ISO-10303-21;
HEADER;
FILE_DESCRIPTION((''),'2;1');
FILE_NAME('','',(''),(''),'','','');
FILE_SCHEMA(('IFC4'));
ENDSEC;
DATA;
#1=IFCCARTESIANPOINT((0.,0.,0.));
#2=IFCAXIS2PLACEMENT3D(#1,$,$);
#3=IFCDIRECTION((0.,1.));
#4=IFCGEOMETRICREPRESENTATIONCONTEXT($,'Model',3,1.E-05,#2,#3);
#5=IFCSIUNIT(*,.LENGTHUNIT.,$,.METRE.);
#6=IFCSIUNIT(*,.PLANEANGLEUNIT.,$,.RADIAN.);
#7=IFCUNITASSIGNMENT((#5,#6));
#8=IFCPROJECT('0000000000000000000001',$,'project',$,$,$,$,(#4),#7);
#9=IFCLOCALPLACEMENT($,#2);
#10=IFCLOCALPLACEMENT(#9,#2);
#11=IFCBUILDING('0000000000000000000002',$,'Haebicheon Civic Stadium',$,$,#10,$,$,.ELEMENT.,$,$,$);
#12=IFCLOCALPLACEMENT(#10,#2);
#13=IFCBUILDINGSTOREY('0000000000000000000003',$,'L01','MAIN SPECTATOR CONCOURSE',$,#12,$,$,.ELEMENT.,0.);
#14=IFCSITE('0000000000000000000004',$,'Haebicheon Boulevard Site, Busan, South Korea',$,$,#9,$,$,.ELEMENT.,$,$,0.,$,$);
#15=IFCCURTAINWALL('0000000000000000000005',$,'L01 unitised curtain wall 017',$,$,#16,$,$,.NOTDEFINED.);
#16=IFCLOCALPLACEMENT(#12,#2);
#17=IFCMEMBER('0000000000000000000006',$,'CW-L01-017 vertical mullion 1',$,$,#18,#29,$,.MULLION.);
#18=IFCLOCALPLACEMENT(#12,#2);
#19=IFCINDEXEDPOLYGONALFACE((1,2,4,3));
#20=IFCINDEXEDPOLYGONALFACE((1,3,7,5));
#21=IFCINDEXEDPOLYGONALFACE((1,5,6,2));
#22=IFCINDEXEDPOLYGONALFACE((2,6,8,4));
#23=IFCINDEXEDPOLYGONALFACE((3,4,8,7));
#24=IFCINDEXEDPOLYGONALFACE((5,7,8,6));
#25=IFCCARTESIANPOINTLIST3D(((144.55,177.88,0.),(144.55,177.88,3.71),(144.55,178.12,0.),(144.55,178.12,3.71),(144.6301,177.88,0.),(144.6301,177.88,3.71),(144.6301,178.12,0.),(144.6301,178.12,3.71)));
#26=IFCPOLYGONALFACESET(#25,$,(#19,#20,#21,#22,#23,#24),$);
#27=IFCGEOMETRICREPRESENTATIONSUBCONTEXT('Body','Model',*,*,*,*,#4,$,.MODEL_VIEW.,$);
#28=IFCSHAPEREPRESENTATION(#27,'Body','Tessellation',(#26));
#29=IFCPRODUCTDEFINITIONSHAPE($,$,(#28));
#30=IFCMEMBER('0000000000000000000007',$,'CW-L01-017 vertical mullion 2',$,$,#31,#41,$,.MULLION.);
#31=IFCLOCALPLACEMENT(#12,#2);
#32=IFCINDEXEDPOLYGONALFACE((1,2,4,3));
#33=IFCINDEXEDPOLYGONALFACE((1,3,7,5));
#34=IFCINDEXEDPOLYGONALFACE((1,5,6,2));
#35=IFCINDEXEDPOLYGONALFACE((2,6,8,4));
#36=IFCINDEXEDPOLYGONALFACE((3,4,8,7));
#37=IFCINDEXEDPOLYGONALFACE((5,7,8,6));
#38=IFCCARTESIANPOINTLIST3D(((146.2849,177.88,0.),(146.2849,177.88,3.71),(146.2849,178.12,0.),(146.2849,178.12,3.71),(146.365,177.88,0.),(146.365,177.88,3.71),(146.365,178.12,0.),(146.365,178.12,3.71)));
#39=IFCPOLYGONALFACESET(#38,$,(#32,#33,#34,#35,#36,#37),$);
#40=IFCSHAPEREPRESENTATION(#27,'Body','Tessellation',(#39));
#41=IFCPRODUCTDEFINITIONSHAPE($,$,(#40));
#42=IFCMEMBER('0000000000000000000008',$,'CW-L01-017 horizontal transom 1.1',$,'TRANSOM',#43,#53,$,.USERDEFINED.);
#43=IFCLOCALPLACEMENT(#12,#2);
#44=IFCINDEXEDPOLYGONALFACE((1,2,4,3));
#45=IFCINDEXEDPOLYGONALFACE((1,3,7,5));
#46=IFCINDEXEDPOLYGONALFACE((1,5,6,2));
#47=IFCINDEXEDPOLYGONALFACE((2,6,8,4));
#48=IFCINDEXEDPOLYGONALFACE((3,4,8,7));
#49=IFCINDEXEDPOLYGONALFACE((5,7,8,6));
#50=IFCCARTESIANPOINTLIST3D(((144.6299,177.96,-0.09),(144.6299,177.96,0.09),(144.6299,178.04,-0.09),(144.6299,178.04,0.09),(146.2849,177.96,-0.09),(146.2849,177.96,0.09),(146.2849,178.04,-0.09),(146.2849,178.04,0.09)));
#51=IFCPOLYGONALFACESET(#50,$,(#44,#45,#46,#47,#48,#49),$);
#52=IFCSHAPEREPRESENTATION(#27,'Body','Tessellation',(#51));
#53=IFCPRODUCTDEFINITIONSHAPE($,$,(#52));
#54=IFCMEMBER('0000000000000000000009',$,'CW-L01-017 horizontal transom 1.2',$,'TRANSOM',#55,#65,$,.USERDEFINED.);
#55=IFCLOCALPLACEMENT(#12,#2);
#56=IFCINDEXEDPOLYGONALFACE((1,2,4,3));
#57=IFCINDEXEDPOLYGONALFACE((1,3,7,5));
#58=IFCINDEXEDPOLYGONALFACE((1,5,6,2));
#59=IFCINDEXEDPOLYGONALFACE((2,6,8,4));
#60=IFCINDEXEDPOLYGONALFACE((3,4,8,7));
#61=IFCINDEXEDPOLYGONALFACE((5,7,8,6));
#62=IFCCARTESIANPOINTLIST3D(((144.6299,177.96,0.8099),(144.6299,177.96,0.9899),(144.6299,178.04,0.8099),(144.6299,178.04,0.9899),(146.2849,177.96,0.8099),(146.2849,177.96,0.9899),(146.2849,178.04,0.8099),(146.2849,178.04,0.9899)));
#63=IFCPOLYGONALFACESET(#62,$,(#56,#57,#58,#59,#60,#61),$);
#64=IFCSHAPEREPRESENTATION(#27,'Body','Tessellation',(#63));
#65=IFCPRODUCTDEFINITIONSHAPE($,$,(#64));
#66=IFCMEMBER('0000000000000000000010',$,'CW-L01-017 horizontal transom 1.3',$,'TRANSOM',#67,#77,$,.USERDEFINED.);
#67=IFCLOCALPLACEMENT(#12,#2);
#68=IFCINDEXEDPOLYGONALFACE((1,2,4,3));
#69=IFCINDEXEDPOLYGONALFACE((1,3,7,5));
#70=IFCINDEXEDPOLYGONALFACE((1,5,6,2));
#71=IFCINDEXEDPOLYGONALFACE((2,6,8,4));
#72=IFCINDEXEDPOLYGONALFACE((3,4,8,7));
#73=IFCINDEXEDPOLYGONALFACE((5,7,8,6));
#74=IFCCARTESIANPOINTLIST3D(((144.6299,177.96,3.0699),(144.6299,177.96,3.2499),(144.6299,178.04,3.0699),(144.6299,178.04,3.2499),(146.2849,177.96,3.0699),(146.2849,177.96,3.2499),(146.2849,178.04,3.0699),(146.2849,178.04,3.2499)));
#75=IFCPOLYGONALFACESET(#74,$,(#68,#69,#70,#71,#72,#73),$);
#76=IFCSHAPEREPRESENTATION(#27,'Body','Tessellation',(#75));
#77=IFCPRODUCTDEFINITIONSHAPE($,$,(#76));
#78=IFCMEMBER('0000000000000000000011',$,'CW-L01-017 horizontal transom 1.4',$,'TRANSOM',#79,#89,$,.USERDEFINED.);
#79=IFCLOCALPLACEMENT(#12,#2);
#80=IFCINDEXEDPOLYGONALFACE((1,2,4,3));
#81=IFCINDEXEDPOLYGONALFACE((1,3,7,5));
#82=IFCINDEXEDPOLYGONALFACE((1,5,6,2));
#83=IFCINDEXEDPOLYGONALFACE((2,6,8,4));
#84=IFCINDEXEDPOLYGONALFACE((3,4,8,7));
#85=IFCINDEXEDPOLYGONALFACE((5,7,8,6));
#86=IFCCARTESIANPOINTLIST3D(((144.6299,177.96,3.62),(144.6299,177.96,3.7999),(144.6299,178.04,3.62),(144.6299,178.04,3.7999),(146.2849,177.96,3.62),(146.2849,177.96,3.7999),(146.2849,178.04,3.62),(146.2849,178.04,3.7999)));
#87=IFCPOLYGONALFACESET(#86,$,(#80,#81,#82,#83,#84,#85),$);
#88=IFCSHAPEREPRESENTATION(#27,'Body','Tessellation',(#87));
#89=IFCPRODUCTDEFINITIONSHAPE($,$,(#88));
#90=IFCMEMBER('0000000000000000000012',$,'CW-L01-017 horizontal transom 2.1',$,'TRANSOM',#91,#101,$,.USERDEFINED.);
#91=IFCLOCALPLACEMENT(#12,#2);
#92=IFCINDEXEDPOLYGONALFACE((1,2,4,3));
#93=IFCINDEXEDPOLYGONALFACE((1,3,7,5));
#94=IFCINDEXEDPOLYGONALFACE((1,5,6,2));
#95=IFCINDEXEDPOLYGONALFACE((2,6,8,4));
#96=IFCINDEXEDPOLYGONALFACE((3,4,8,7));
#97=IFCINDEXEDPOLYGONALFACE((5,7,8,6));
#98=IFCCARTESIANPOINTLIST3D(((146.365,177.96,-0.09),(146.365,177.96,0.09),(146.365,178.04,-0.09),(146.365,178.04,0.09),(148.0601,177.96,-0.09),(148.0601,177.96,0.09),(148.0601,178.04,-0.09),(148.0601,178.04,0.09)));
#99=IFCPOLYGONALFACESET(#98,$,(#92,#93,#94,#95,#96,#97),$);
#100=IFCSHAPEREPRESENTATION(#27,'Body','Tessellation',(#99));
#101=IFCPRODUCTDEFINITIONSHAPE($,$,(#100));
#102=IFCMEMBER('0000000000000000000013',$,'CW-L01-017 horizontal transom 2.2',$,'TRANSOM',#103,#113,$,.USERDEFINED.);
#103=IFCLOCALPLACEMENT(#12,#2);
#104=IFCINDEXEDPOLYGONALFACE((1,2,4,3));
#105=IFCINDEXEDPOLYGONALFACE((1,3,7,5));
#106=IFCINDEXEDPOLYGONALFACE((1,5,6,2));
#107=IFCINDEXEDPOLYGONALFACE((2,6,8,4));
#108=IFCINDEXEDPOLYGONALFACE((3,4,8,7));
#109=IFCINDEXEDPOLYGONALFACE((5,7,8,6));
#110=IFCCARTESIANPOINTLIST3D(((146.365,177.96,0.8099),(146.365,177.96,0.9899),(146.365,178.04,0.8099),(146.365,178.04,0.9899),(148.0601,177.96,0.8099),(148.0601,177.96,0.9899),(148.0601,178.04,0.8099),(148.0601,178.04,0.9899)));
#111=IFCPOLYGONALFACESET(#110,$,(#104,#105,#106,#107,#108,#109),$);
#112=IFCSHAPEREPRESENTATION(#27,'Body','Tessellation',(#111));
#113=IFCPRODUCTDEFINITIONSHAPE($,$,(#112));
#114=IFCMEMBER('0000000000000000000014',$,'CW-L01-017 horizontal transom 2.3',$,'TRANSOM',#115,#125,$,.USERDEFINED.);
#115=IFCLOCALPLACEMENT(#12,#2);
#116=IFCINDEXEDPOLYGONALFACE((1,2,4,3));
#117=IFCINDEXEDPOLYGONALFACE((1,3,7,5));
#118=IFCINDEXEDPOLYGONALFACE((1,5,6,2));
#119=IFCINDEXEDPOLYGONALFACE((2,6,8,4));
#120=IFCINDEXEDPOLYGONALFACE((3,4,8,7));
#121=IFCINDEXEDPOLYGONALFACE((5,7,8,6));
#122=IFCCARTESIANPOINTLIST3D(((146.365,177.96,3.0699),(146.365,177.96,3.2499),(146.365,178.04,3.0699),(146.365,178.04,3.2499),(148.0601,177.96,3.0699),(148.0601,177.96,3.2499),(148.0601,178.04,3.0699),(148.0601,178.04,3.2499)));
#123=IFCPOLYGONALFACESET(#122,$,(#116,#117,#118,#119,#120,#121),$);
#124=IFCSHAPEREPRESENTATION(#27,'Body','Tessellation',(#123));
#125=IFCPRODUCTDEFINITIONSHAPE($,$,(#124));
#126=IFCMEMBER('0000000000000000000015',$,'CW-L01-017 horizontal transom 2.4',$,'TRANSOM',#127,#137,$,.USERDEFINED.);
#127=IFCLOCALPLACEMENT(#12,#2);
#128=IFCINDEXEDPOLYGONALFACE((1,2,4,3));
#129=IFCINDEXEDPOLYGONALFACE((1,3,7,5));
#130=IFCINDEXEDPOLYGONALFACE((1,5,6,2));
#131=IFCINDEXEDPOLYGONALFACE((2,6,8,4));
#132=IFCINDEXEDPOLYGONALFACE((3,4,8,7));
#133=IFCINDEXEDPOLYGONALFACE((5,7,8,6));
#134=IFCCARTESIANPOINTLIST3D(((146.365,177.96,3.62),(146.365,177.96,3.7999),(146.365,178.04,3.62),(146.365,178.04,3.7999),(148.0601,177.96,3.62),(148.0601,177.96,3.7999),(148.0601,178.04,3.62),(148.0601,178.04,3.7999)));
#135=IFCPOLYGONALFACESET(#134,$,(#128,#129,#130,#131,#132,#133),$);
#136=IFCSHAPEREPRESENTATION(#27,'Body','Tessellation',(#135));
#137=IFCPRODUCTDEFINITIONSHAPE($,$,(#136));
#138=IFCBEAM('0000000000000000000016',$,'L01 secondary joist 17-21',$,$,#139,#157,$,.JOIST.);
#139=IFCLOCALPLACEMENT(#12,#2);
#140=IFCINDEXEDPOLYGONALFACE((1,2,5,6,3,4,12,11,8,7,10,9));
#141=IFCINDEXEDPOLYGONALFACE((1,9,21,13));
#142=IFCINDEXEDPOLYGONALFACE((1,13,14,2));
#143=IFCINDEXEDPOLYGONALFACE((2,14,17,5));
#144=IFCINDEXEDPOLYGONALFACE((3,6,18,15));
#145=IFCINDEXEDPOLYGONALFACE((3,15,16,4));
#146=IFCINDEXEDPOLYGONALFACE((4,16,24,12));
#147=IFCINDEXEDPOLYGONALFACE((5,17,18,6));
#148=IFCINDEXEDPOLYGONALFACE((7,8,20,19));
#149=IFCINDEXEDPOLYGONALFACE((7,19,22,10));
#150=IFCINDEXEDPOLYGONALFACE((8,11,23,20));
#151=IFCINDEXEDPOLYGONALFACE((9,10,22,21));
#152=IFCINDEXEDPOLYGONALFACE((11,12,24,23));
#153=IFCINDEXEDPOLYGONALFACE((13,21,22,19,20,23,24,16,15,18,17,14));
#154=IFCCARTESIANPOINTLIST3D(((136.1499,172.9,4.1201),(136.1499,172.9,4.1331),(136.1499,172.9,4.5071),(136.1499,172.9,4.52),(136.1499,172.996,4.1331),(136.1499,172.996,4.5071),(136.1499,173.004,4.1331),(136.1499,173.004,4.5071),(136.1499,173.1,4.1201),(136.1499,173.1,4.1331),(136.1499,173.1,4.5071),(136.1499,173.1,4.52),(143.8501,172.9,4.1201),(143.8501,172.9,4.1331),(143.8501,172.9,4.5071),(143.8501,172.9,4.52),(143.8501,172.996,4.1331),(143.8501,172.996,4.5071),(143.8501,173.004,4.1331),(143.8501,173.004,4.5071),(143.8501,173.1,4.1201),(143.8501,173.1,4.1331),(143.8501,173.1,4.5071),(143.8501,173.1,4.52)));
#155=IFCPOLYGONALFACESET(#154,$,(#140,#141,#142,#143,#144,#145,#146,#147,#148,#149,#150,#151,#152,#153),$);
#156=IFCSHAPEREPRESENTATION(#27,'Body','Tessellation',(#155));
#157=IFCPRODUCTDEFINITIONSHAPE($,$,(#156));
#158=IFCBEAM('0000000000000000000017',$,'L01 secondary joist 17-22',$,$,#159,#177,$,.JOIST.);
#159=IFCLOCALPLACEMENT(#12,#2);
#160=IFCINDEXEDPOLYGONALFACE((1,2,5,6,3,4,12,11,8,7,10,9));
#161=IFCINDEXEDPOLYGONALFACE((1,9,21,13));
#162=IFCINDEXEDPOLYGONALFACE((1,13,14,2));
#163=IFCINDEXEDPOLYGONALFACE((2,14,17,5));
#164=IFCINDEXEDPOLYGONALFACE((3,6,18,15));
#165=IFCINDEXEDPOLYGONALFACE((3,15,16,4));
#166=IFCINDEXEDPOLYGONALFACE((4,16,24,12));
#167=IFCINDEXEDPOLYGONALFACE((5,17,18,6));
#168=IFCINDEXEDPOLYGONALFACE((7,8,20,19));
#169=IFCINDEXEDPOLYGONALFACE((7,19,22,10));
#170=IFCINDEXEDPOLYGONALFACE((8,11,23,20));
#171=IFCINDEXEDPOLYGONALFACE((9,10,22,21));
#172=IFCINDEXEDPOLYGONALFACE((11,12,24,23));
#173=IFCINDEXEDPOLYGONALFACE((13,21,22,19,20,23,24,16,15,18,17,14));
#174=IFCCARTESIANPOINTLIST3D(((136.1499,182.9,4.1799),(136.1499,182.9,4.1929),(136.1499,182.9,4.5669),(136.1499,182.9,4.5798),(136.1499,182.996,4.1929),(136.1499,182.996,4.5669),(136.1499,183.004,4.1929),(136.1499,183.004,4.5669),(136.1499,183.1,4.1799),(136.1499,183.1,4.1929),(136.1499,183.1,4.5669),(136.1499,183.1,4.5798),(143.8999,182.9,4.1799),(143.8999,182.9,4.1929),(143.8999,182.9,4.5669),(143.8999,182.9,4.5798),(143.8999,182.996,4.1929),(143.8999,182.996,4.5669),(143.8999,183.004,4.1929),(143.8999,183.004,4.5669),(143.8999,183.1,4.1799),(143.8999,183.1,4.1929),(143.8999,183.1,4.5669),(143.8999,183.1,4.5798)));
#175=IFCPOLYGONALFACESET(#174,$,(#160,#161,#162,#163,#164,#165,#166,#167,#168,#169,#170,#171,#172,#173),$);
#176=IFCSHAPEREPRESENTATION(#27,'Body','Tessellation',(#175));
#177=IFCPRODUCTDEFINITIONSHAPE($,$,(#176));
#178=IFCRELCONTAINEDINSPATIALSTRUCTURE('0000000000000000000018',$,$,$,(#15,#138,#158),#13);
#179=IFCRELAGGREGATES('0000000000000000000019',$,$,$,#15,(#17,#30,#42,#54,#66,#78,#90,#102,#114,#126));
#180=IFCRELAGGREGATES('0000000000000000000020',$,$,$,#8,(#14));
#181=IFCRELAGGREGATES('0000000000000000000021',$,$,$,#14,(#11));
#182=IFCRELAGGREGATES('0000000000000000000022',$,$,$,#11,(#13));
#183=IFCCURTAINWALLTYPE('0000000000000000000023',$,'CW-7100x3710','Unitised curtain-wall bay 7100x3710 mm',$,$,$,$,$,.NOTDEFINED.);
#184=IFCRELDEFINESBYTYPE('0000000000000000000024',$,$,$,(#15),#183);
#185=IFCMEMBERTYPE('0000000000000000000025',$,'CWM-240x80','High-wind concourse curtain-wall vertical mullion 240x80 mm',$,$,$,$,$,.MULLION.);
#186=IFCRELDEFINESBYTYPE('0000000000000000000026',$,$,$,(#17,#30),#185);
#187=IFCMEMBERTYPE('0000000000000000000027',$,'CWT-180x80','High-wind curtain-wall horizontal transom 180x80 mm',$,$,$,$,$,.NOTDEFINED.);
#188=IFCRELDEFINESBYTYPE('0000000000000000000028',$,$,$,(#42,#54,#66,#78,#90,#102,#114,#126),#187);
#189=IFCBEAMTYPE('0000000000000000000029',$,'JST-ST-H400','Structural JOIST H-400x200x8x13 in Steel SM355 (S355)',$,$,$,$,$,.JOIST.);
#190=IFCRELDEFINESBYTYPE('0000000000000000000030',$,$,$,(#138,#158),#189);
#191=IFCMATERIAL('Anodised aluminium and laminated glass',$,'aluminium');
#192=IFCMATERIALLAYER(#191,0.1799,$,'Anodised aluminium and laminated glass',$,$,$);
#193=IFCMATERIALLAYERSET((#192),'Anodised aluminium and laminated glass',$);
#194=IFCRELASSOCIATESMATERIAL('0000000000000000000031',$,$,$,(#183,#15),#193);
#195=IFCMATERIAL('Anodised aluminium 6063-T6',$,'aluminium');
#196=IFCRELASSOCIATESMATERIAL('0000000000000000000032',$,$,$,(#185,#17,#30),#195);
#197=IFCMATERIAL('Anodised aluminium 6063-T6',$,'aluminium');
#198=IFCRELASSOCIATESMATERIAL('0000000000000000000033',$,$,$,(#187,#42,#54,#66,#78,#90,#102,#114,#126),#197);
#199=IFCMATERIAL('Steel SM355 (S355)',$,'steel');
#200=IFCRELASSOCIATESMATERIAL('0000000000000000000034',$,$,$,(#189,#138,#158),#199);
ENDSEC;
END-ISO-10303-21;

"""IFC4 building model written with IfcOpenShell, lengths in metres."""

from ifc_helpers import new_model, si_unit, direction, frame, origin, origin_2d, place, context, subcontext, project, spatial, rectangle, i_section, extrude, material, layer, layer_set, material_profile, profile_set, type_object, element, aggregate, save


model = new_model("IFC4")

# Units and contexts
model_context = context("Model", 3, precision=1e-05, world=origin(), true_north=direction((0.0, 1.0)))
body_context = subcontext(model_context, "Body", "Model", "MODEL_VIEW")
ifc_project = project(units=[si_unit("LENGTHUNIT", "METRE"), si_unit("PLANEANGLEUNIT", "RADIAN")], contexts=[model_context])

# Site, building, storey
site_placement = place(None, origin())
site = spatial("IfcSite", under=ifc_project, at=site_placement, Name="Haebicheon Boulevard Site, Busan, South Korea", CompositionType="ELEMENT", RefElevation=0.0)
building_placement = place(site_placement, origin())
building = spatial("IfcBuilding", under=site, at=building_placement, Name="Haebicheon Civic Stadium", CompositionType="ELEMENT")
storey_placement = place(building_placement, origin())
storey = spatial("IfcBuildingStorey", under=building, at=storey_placement, Name="L01", Description="MAIN SPECTATOR CONCOURSE", CompositionType="ELEMENT", Elevation=0.0)

# Curtain wall, members
ifc_material_1 = material(Name="Anodised aluminium and laminated glass", Category="aluminium")
ifc_layer_1 = layer(ifc_material_1, 0.1799, Name="Anodised aluminium and laminated glass")
ifc_layer_set_1 = layer_set([ifc_layer_1], Name="Anodised aluminium and laminated glass")
curtain_wall_type = type_object("IfcCurtainWallType", Name="CW-7100x3710", Description="Unitised curtain-wall bay 7100x3710 mm", PredefinedType="NOTDEFINED", material=ifc_layer_set_1)
curtain_wall_placement = place(storey_placement, origin())
curtain_wall = element("IfcCurtainWall", 1, at=curtain_wall_placement, inside=storey, type_object=curtain_wall_type, material=ifc_layer_set_1, Name="L01 unitised curtain wall 017", PredefinedType="NOTDEFINED")
ifc_material_2 = material(Name="Anodised aluminium 6063-T6", Category="aluminium")
ifc_material_profile_1 = material_profile(ifc_material_2, rectangle(XDim=0.0801, YDim=0.24, at=origin_2d()), Name="ALU-MULL-80x240")
ifc_profile_set_1 = profile_set([ifc_material_profile_1], Name="Anodised aluminium 6063-T6")
member_type_1 = type_object("IfcMemberType", Name="CWM-240x80", Description="High-wind concourse curtain-wall vertical mullion 240x80 mm", PredefinedType="MULLION", material=ifc_profile_set_1)
member_1_placement = place(storey_placement, frame((144.5901, 178.0, 0.0), z_axis=(0.0, 0.0, 1.0), x_axis=(1.0, 0.0, 0.0)))
member_1 = element("IfcMember", 2, at=member_1_placement, type_object=member_type_1, material=ifc_profile_set_1, Name="CW-L01-017 vertical mullion 1", PredefinedType="MULLION", context=body_context, shape_type="SweptSolid", body=[
    extrude(rectangle(XDim=0.0801, YDim=0.24, at=origin_2d()), origin(), (0.0, 0.0, 1.0), 3.71),
])
member_2_placement = place(storey_placement, frame((146.325, 178.0, 0.0), z_axis=(0.0, 0.0, 1.0), x_axis=(1.0, 0.0, 0.0)))
member_2 = element("IfcMember", 3, at=member_2_placement, type_object=member_type_1, material=ifc_profile_set_1, Name="CW-L01-017 vertical mullion 2", PredefinedType="MULLION", context=body_context, shape_type="SweptSolid", body=[
    extrude(rectangle(XDim=0.0801, YDim=0.24, at=origin_2d()), origin(), (0.0, 0.0, 1.0), 3.71),
])
ifc_material_3 = material(Name="Anodised aluminium 6063-T6", Category="aluminium")
ifc_material_profile_2 = material_profile(ifc_material_3, rectangle(XDim=0.0801, YDim=0.1799, at=origin_2d()), Name="ALU-TRAN-80x180")
ifc_profile_set_2 = profile_set([ifc_material_profile_2], Name="Anodised aluminium 6063-T6")
member_type_2 = type_object("IfcMemberType", Name="CWT-180x80", Description="High-wind curtain-wall horizontal transom 180x80 mm", PredefinedType="NOTDEFINED", material=ifc_profile_set_2)
member_3_placement = place(storey_placement, frame((144.6299, 178.0, 0.0), z_axis=(1.0, 0.0, 0.0), x_axis=(0.0, 1.0, 0.0)))
member_3 = element("IfcMember", 4, at=member_3_placement, type_object=member_type_2, material=ifc_profile_set_2, Name="CW-L01-017 horizontal transom 1.1", ObjectType="TRANSOM", PredefinedType="USERDEFINED", context=body_context, shape_type="SweptSolid", body=[
    extrude(rectangle(XDim=0.0801, YDim=0.1799, at=origin_2d()), origin(), (0.0, 0.0, 1.0), 1.655),
])
member_4_placement = place(storey_placement, frame((144.6299, 178.0, 0.8999), z_axis=(1.0, 0.0, 0.0), x_axis=(0.0, 1.0, 0.0)))
member_4 = element("IfcMember", 5, at=member_4_placement, type_object=member_type_2, material=ifc_profile_set_2, Name="CW-L01-017 horizontal transom 1.2", ObjectType="TRANSOM", PredefinedType="USERDEFINED", context=body_context, shape_type="SweptSolid", body=[
    extrude(rectangle(XDim=0.0801, YDim=0.1799, at=origin_2d()), origin(), (0.0, 0.0, 1.0), 1.655),
])
member_5_placement = place(storey_placement, frame((144.6299, 178.0, 3.1599), z_axis=(1.0, 0.0, 0.0), x_axis=(0.0, 1.0, 0.0)))
member_5 = element("IfcMember", 6, at=member_5_placement, type_object=member_type_2, material=ifc_profile_set_2, Name="CW-L01-017 horizontal transom 1.3", ObjectType="TRANSOM", PredefinedType="USERDEFINED", context=body_context, shape_type="SweptSolid", body=[
    extrude(rectangle(XDim=0.0801, YDim=0.1799, at=origin_2d()), origin(), (0.0, 0.0, 1.0), 1.655),
])
member_6_placement = place(storey_placement, frame((144.6299, 178.0, 3.71), z_axis=(1.0, 0.0, 0.0), x_axis=(0.0, 1.0, 0.0)))
member_6 = element("IfcMember", 7, at=member_6_placement, type_object=member_type_2, material=ifc_profile_set_2, Name="CW-L01-017 horizontal transom 1.4", ObjectType="TRANSOM", PredefinedType="USERDEFINED", context=body_context, shape_type="SweptSolid", body=[
    extrude(rectangle(XDim=0.0801, YDim=0.1799, at=origin_2d()), origin(), (0.0, 0.0, 1.0), 1.655),
])
member_7_placement = place(storey_placement, frame((146.365, 178.0, 0.0), z_axis=(1.0, 0.0, 0.0), x_axis=(0.0, 1.0, 0.0)))
member_7 = element("IfcMember", 8, at=member_7_placement, type_object=member_type_2, material=ifc_profile_set_2, Name="CW-L01-017 horizontal transom 2.1", ObjectType="TRANSOM", PredefinedType="USERDEFINED", context=body_context, shape_type="SweptSolid", body=[
    extrude(rectangle(XDim=0.0801, YDim=0.1799, at=origin_2d()), origin(), (0.0, 0.0, 1.0), 1.6951),
])
member_8_placement = place(storey_placement, frame((146.365, 178.0, 0.8999), z_axis=(1.0, 0.0, 0.0), x_axis=(0.0, 1.0, 0.0)))
member_8 = element("IfcMember", 9, at=member_8_placement, type_object=member_type_2, material=ifc_profile_set_2, Name="CW-L01-017 horizontal transom 2.2", ObjectType="TRANSOM", PredefinedType="USERDEFINED", context=body_context, shape_type="SweptSolid", body=[
    extrude(rectangle(XDim=0.0801, YDim=0.1799, at=origin_2d()), origin(), (0.0, 0.0, 1.0), 1.6951),
])
member_9_placement = place(storey_placement, frame((146.365, 178.0, 3.1599), z_axis=(1.0, 0.0, 0.0), x_axis=(0.0, 1.0, 0.0)))
member_9 = element("IfcMember", 10, at=member_9_placement, type_object=member_type_2, material=ifc_profile_set_2, Name="CW-L01-017 horizontal transom 2.3", ObjectType="TRANSOM", PredefinedType="USERDEFINED", context=body_context, shape_type="SweptSolid", body=[
    extrude(rectangle(XDim=0.0801, YDim=0.1799, at=origin_2d()), origin(), (0.0, 0.0, 1.0), 1.6951),
])
member_10_placement = place(storey_placement, frame((146.365, 178.0, 3.71), z_axis=(1.0, 0.0, 0.0), x_axis=(0.0, 1.0, 0.0)))
member_10 = element("IfcMember", 11, at=member_10_placement, type_object=member_type_2, material=ifc_profile_set_2, Name="CW-L01-017 horizontal transom 2.4", ObjectType="TRANSOM", PredefinedType="USERDEFINED", context=body_context, shape_type="SweptSolid", body=[
    extrude(rectangle(XDim=0.0801, YDim=0.1799, at=origin_2d()), origin(), (0.0, 0.0, 1.0), 1.6951),
])

# Beams
ifc_material_4 = material(Name="Steel SM355 (S355)", Category="steel")
ifc_material_profile_3 = material_profile(ifc_material_4, i_section(OverallWidth=0.2, OverallDepth=0.3999, WebThickness=0.0081, FlangeThickness=0.0129, at=origin_2d()), Name="H-400x200x8x13")
ifc_profile_set_3 = profile_set([ifc_material_profile_3], Name="Steel SM355 (S355)")
beam_type_1 = type_object("IfcBeamType", Name="JST-ST-H400", Description="Structural JOIST H-400x200x8x13 in Steel SM355 (S355)", PredefinedType="JOIST", material=ifc_profile_set_3)
beam_1_placement = place(storey_placement, frame((136.1499, 173.0, 4.3201), z_axis=(1.0, 0.0, 0.0), x_axis=(0.0, 1.0, 0.0)))
element("IfcBeam", 12, at=beam_1_placement, inside=storey, type_object=beam_type_1, material=ifc_profile_set_3, Name="L01 secondary joist 17-21", PredefinedType="JOIST", context=body_context, shape_type="SweptSolid", body=[
    extrude(i_section(OverallWidth=0.2, OverallDepth=0.3999, WebThickness=0.0081, FlangeThickness=0.0129, at=origin_2d()), origin(), (0.0, 0.0, 1.0), 7.7002),
])
beam_2_placement = place(storey_placement, frame((136.1499, 183.0, 4.3799), z_axis=(1.0, 0.0, 0.0), x_axis=(0.0, 1.0, 0.0)))
element("IfcBeam", 13, at=beam_2_placement, inside=storey, type_object=beam_type_1, material=ifc_profile_set_3, Name="L01 secondary joist 17-22", PredefinedType="JOIST", context=body_context, shape_type="SweptSolid", body=[
    extrude(i_section(OverallWidth=0.2, OverallDepth=0.3999, WebThickness=0.0081, FlangeThickness=0.0129, at=origin_2d()), origin(), (0.0, 0.0, 1.0), 7.75),
])

aggregate(curtain_wall, [member_1, member_2, member_3, member_4, member_5, member_6, member_7, member_8, member_9, member_10])

save(model, "model.ifc")
